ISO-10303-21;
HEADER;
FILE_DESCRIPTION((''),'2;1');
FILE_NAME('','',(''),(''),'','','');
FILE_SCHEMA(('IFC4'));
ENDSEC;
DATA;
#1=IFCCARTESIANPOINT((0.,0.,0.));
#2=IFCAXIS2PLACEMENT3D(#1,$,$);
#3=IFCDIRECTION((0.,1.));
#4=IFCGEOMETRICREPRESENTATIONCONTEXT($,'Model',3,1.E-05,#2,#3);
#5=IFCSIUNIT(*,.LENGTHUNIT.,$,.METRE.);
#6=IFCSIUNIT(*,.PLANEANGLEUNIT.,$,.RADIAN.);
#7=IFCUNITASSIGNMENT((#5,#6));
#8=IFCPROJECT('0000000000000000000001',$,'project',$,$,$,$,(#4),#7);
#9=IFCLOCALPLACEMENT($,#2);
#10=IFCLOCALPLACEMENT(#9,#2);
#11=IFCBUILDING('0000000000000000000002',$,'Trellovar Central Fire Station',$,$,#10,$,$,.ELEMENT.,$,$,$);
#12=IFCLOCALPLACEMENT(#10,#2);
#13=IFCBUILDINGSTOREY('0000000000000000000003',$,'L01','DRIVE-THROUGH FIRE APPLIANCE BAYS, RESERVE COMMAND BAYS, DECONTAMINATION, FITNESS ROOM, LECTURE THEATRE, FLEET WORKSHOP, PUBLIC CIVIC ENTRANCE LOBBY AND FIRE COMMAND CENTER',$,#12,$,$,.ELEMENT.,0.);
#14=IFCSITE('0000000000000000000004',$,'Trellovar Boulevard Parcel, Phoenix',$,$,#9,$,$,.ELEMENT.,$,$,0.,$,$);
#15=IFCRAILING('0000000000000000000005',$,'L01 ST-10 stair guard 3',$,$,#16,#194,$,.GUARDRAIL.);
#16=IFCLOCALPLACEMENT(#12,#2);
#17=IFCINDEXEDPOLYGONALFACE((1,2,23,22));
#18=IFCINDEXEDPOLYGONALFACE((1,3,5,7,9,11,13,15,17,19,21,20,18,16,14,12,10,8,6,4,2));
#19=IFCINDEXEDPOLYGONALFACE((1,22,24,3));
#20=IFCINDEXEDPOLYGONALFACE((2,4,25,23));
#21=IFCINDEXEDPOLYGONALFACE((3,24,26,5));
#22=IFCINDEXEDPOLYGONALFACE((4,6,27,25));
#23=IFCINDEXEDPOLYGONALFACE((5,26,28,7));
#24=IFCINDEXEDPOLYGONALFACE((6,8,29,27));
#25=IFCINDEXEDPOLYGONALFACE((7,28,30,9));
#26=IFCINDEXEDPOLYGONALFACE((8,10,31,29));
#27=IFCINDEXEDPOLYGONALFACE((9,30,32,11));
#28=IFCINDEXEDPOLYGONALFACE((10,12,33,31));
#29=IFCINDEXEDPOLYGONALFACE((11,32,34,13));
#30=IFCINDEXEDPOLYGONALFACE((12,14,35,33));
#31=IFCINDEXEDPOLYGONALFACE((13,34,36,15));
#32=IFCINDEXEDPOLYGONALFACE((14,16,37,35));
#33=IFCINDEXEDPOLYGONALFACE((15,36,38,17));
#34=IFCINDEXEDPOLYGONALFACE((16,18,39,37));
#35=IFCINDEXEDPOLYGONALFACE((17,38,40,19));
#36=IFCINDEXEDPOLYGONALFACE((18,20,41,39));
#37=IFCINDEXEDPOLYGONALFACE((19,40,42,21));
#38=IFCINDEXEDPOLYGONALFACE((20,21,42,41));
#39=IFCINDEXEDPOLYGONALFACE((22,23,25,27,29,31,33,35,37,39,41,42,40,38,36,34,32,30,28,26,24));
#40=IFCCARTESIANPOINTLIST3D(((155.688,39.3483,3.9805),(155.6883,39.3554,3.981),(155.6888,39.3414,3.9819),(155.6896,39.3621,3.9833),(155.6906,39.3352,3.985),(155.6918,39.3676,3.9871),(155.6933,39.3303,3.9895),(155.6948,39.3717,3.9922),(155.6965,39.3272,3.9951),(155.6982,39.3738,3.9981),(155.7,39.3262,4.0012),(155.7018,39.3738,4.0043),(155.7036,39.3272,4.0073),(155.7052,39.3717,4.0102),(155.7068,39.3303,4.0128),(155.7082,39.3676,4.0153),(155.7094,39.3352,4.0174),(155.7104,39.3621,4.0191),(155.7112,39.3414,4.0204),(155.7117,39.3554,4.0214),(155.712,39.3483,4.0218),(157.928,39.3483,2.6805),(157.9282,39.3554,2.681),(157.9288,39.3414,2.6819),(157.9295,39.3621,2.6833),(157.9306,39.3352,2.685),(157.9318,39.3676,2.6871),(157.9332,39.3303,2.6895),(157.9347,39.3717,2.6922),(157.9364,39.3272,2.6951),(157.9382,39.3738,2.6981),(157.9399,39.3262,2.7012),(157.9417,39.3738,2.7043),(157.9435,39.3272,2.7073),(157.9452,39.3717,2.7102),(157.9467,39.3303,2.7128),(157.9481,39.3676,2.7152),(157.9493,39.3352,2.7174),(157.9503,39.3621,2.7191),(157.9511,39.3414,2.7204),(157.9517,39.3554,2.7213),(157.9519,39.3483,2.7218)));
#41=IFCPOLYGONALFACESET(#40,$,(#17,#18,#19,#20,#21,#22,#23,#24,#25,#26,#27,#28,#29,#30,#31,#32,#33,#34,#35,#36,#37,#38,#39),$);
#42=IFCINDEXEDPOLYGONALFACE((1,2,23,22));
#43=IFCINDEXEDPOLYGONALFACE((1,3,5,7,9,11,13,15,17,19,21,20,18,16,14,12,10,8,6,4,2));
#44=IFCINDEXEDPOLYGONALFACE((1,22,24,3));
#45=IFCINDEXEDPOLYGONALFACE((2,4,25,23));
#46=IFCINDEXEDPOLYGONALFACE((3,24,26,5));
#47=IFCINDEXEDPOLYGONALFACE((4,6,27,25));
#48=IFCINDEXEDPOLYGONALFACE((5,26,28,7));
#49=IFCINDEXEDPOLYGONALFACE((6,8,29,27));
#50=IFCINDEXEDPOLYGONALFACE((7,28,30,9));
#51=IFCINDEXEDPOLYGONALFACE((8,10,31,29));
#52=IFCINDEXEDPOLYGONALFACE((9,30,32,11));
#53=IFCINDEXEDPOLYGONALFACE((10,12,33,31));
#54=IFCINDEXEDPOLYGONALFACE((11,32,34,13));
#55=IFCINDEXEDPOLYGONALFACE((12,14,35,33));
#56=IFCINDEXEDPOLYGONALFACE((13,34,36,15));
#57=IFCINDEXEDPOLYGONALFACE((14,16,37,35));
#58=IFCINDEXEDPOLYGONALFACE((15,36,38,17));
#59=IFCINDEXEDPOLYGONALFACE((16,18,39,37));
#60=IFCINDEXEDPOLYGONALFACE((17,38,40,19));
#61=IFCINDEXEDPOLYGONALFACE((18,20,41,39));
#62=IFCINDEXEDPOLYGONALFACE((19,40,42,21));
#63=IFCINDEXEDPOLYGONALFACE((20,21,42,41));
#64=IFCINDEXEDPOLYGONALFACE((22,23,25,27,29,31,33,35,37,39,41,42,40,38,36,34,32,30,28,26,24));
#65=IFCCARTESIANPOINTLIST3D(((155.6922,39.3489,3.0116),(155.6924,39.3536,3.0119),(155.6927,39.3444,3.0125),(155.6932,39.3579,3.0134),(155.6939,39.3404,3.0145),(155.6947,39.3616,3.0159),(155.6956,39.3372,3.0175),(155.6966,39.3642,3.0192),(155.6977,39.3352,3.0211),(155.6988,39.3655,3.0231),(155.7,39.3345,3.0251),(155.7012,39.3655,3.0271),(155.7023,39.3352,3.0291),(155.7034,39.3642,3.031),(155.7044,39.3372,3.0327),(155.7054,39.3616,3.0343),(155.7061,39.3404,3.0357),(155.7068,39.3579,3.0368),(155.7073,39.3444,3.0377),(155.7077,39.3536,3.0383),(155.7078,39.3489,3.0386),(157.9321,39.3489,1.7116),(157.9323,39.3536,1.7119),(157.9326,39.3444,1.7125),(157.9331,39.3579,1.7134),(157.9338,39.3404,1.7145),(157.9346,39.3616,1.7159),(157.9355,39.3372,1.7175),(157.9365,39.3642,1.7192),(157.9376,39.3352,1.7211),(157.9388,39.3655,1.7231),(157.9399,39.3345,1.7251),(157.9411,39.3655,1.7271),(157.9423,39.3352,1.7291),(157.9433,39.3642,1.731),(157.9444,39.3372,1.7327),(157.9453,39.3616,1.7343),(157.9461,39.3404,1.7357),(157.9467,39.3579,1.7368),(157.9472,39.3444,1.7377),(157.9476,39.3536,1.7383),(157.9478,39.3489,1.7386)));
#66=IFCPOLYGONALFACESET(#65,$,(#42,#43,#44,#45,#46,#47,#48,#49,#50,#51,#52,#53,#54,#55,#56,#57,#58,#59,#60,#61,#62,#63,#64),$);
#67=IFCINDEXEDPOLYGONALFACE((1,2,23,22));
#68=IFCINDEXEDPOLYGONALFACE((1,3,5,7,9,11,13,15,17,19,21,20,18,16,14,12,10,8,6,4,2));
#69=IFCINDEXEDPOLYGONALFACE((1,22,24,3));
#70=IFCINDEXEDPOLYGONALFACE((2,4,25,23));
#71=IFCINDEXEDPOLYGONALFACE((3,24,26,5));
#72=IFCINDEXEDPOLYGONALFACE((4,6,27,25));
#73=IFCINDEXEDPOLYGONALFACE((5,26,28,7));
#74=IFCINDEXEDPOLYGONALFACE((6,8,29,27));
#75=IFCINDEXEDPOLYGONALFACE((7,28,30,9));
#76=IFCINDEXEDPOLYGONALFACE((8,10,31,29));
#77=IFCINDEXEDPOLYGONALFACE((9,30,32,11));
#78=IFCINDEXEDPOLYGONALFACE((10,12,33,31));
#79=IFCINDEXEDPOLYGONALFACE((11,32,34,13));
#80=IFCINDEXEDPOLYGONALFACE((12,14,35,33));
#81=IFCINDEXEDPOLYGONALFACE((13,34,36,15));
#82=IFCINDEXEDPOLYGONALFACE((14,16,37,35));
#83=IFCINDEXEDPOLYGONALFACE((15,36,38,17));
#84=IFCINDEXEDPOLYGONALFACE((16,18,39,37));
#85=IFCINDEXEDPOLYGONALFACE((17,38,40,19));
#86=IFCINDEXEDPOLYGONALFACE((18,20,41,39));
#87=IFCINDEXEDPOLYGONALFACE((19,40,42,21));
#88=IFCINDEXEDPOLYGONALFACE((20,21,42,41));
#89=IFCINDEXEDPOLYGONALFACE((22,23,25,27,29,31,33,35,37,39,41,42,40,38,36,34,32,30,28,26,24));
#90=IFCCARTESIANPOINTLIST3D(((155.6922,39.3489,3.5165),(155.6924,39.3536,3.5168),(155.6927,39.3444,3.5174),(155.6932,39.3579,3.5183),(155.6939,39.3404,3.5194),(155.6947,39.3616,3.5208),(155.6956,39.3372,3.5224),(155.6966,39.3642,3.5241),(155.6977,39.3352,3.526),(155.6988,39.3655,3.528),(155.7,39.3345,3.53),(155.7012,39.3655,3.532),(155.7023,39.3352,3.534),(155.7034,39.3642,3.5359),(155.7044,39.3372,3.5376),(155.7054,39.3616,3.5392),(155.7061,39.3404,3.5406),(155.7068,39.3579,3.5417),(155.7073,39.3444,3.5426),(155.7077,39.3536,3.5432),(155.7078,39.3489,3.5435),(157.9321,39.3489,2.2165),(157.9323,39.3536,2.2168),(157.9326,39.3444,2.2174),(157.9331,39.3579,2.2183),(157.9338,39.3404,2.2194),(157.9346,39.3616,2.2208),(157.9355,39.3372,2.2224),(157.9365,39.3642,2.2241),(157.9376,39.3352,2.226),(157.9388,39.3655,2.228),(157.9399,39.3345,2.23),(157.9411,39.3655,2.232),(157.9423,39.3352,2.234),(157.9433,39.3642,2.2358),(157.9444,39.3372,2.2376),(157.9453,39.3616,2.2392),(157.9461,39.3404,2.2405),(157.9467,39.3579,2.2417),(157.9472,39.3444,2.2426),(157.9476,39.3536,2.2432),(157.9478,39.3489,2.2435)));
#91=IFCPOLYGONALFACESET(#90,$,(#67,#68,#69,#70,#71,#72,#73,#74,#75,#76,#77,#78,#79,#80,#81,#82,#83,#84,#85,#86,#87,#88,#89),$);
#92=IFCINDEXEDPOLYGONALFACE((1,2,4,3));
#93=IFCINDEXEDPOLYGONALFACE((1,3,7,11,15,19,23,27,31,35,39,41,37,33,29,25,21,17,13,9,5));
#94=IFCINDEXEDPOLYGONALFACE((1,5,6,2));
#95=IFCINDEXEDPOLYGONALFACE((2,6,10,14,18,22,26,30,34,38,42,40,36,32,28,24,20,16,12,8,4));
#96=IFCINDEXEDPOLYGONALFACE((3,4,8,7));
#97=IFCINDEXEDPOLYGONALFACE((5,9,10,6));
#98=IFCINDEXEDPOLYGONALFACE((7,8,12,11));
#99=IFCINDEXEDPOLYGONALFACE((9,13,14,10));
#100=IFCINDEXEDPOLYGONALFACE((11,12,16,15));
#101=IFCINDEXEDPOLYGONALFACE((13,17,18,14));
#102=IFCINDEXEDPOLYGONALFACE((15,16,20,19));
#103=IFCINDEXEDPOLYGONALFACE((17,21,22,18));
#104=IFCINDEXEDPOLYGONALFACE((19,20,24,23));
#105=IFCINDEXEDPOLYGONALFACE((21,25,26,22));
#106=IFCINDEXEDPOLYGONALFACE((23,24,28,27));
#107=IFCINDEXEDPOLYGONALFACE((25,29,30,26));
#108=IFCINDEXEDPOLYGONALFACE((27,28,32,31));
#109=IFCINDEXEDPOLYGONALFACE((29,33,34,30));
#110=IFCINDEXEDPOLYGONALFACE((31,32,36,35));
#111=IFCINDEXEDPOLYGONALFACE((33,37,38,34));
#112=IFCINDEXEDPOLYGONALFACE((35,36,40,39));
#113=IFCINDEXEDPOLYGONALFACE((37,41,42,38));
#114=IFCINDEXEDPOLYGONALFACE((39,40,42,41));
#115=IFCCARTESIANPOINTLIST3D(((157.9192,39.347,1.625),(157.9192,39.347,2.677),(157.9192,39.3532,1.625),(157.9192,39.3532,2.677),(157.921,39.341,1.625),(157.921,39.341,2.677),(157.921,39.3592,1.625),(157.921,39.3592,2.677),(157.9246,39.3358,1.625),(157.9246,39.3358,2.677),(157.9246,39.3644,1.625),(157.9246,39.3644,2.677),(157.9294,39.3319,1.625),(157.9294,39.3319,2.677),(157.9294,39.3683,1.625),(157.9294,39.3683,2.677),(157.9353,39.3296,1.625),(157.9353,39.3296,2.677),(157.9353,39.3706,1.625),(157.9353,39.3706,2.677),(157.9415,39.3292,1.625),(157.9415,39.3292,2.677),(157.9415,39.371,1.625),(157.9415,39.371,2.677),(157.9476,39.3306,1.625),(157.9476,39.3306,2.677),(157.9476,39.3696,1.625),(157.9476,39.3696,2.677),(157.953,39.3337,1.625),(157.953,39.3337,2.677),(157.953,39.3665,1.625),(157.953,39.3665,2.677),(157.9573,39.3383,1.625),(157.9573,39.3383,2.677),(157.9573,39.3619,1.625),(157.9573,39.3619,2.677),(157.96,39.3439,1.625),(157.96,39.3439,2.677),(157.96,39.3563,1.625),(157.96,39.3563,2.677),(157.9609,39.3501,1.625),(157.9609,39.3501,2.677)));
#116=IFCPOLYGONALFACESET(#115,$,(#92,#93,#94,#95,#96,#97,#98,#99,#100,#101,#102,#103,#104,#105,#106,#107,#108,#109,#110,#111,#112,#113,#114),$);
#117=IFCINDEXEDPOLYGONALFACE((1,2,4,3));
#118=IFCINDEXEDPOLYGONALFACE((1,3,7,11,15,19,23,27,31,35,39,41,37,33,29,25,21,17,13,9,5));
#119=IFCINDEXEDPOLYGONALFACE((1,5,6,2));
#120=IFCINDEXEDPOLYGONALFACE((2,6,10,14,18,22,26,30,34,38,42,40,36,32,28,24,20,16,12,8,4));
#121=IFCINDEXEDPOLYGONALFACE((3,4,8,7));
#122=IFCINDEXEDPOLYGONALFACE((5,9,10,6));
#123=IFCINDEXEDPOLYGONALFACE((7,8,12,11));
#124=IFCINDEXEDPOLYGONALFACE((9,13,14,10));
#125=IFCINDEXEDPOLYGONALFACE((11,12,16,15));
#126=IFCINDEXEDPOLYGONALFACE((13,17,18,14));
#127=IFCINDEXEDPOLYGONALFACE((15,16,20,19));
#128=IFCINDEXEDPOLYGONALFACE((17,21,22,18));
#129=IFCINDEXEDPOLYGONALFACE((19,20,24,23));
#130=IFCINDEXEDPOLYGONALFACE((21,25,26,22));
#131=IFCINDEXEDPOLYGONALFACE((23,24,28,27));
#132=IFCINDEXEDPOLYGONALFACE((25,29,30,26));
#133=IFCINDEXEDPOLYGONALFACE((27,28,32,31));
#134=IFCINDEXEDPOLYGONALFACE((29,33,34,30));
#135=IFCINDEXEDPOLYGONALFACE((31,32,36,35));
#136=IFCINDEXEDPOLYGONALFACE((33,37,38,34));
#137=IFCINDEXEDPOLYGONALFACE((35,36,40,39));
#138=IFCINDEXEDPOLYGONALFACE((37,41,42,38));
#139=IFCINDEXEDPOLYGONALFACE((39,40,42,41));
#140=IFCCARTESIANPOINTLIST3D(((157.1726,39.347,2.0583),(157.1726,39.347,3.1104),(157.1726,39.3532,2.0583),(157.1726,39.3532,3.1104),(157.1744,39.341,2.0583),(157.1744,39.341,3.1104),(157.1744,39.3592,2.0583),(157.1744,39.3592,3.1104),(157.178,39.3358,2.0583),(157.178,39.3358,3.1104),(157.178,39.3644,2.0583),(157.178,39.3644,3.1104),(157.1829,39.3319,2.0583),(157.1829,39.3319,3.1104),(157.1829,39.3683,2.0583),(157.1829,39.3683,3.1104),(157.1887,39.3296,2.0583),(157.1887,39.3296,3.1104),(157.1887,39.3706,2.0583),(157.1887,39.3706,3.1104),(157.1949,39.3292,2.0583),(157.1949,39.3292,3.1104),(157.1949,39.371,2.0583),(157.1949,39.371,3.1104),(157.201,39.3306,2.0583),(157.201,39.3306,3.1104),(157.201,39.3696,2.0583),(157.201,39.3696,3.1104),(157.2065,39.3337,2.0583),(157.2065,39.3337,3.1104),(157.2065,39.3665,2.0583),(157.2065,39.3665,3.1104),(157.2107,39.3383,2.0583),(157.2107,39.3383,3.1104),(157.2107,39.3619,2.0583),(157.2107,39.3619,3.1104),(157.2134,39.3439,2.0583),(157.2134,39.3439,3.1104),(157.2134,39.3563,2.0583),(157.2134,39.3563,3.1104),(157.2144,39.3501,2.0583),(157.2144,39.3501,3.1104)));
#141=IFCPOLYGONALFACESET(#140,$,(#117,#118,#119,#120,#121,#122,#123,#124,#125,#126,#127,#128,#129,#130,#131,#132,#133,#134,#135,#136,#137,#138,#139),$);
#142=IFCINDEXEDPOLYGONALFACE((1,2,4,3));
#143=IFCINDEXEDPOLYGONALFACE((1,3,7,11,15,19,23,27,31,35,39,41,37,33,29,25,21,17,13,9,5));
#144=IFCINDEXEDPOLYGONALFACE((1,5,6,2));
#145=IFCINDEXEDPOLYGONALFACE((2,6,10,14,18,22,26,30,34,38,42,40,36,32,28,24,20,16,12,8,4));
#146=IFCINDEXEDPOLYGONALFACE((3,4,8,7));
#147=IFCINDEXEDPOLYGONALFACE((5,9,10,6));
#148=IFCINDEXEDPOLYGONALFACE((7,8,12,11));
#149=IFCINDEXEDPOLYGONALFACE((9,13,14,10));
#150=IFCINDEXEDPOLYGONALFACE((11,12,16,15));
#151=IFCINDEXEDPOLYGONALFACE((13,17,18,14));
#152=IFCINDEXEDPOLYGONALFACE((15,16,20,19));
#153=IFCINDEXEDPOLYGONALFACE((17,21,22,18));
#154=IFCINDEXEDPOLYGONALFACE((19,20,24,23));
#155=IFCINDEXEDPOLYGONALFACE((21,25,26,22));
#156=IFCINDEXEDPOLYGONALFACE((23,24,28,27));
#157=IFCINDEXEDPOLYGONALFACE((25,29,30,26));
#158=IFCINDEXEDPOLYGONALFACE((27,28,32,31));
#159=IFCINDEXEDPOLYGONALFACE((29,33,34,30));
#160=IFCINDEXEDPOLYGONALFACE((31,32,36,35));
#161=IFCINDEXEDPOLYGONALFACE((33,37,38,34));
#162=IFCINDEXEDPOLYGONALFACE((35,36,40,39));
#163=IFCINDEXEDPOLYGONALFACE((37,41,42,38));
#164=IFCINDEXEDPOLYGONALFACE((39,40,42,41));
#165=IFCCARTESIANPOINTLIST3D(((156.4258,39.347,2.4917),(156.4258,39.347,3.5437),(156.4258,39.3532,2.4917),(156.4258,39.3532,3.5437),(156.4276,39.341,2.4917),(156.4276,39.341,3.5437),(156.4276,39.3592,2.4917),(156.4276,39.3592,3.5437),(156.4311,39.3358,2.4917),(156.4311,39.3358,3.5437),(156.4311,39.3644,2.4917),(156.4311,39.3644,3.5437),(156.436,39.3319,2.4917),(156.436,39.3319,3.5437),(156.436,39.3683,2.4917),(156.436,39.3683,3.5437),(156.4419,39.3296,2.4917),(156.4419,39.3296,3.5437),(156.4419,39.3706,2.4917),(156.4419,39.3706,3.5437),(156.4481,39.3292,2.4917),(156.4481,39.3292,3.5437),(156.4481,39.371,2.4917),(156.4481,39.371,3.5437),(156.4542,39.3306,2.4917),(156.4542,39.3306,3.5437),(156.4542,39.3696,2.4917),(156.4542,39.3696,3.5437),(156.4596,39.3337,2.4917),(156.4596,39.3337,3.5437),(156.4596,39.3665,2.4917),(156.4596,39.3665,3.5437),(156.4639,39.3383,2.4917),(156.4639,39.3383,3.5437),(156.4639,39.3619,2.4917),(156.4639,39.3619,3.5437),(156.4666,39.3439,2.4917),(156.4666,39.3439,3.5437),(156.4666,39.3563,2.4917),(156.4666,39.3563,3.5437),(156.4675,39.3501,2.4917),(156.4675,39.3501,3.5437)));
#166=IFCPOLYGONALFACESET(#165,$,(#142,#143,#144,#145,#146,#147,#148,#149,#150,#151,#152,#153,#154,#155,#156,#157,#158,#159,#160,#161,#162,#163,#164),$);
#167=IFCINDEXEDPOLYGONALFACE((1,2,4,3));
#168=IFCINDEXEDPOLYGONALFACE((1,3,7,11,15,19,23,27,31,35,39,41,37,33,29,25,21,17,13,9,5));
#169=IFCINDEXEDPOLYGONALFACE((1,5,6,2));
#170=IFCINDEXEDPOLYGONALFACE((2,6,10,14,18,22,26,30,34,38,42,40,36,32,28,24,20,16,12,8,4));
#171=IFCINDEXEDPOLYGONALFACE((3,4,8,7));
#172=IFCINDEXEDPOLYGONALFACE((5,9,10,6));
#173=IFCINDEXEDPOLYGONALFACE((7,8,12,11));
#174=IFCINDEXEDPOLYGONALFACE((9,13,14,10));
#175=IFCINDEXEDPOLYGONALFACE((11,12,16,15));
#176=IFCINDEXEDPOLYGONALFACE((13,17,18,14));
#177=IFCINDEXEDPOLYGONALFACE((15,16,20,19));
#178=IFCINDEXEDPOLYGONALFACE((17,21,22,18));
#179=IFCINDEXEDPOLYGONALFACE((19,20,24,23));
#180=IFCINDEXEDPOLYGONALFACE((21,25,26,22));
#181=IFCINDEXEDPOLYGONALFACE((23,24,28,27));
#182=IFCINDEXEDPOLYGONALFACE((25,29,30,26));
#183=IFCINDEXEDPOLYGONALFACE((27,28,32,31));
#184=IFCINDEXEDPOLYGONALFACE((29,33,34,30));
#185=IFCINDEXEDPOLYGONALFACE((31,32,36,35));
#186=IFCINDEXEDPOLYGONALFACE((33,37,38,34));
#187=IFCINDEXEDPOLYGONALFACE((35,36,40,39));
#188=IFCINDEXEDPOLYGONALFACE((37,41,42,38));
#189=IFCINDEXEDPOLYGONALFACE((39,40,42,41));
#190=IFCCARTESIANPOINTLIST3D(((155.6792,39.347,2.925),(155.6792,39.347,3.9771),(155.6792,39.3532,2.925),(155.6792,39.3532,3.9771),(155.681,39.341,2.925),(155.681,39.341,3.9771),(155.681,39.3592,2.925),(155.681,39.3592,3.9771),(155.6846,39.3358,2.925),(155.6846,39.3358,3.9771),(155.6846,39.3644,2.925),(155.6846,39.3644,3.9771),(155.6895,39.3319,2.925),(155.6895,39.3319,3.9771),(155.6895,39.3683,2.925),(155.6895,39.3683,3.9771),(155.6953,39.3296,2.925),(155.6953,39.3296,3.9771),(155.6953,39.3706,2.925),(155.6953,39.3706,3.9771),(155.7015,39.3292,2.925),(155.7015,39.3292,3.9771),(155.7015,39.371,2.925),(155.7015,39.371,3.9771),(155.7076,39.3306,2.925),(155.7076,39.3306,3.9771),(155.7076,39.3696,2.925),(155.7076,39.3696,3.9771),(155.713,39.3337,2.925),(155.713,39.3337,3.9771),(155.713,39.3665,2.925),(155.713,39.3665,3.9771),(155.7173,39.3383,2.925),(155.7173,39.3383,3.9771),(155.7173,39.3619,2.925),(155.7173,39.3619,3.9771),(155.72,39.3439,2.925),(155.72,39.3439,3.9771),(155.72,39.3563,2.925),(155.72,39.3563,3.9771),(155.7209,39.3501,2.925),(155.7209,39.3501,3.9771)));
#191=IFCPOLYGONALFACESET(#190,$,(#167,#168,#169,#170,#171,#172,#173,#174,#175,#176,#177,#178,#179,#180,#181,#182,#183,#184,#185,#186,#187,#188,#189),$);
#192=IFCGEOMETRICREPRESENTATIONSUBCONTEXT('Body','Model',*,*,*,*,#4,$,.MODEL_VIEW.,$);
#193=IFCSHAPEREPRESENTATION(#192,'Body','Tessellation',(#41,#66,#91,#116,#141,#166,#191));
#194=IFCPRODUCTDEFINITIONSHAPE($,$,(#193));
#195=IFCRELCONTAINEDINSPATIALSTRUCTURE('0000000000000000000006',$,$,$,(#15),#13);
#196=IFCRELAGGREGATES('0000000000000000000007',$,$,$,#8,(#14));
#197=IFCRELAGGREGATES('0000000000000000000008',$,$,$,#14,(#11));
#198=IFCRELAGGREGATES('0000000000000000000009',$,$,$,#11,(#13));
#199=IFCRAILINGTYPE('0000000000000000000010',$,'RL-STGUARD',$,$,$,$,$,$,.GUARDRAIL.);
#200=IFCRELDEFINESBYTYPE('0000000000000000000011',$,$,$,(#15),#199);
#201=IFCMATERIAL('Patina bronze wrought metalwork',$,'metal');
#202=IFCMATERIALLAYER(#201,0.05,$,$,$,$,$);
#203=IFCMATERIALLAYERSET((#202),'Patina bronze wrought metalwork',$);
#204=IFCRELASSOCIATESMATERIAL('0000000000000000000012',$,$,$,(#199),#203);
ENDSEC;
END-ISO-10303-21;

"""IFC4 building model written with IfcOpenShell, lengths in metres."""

from ifc_helpers import new_model, si_unit, direction, frame, origin, origin_2d, place, context, subcontext, project, spatial, circle, extrude, material, layer, layer_set, type_object, element, save


model = new_model("IFC4")

# Units and contexts
model_context = context("Model", 3, precision=1e-05, world=origin(), true_north=direction((0.0, 1.0)))
body_context = subcontext(model_context, "Body", "Model", "MODEL_VIEW")
ifc_project = project(units=[si_unit("LENGTHUNIT", "METRE"), si_unit("PLANEANGLEUNIT", "RADIAN")], contexts=[model_context])

# Site, building, storey
site_placement = place(None, origin())
site = spatial("IfcSite", under=ifc_project, at=site_placement, Name="Trellovar Boulevard Parcel, Phoenix", CompositionType="ELEMENT", RefElevation=0.0)
building_placement = place(site_placement, origin())
building = spatial("IfcBuilding", under=site, at=building_placement, Name="Trellovar Central Fire Station", CompositionType="ELEMENT")
storey_placement = place(building_placement, origin())
storey = spatial("IfcBuildingStorey", under=building, at=storey_placement, Name="L01", Description="DRIVE-THROUGH FIRE APPLIANCE BAYS, RESERVE COMMAND BAYS, DECONTAMINATION, FITNESS ROOM, LECTURE THEATRE, FLEET WORKSHOP, PUBLIC CIVIC ENTRANCE LOBBY AND FIRE COMMAND CENTER", CompositionType="ELEMENT", Elevation=0.0)

# Railing
ifc_material_1 = material(Name="Patina bronze wrought metalwork", Category="metal")
ifc_layer_1 = layer(ifc_material_1, 0.05)
ifc_layer_set_1 = layer_set([ifc_layer_1], Name="Patina bronze wrought metalwork")
railing_type_1 = type_object("IfcRailingType", Name="RL-STGUARD", PredefinedType="GUARDRAIL", material=ifc_layer_set_1)
for number, where, name in (
    (1, (157.9399, 39.3501, 1.625), "L01 ST-10 stair guard 3"),
):
    element("IfcRailing", number, at=place(storey_placement, frame(where)), inside=storey, type_object=railing_type_1, Name=name, PredefinedType="GUARDRAIL", context=body_context, shape_type="SweptSolid", body=[
        extrude(circle(Radius=0.0239, at=origin_2d()), frame((0.0, 0.0, 1.0762), z_axis=(-0.864888, 0.0, 0.501965), x_axis=(0.0, -1.0, 0.0)), (0.0, 0.0, 1.0), 2.5898),
        extrude(circle(Radius=0.0156, at=origin_2d()), frame((0.0, 0.0, 0.1001), z_axis=(-0.864888, 0.0, 0.501965), x_axis=(0.0, -1.0, 0.0)), (0.0, 0.0, 1.0), 2.5898),
        extrude(circle(Radius=0.0156, at=origin_2d()), frame((0.0, 0.0, 0.605), z_axis=(-0.864888, 0.0, 0.501965), x_axis=(0.0, -1.0, 0.0)), (0.0, 0.0, 1.0), 2.5898),
        extrude(circle(Radius=0.021, at=origin_2d()), origin(), (0.0, 0.0, 1.0), 1.052),
        extrude(circle(Radius=0.021, at=origin_2d()), frame((-0.7466, 0.0, 0.4333)), (0.0, 0.0, 1.0), 1.052),
        extrude(circle(Radius=0.021, at=origin_2d()), frame((-1.4934, 0.0, 0.8667)), (0.0, 0.0, 1.0), 1.052),
        extrude(circle(Radius=0.021, at=origin_2d()), frame((-2.24, 0.0, 1.3)), (0.0, 0.0, 1.0), 1.052),
    ])

save(model, "model.ifc")
